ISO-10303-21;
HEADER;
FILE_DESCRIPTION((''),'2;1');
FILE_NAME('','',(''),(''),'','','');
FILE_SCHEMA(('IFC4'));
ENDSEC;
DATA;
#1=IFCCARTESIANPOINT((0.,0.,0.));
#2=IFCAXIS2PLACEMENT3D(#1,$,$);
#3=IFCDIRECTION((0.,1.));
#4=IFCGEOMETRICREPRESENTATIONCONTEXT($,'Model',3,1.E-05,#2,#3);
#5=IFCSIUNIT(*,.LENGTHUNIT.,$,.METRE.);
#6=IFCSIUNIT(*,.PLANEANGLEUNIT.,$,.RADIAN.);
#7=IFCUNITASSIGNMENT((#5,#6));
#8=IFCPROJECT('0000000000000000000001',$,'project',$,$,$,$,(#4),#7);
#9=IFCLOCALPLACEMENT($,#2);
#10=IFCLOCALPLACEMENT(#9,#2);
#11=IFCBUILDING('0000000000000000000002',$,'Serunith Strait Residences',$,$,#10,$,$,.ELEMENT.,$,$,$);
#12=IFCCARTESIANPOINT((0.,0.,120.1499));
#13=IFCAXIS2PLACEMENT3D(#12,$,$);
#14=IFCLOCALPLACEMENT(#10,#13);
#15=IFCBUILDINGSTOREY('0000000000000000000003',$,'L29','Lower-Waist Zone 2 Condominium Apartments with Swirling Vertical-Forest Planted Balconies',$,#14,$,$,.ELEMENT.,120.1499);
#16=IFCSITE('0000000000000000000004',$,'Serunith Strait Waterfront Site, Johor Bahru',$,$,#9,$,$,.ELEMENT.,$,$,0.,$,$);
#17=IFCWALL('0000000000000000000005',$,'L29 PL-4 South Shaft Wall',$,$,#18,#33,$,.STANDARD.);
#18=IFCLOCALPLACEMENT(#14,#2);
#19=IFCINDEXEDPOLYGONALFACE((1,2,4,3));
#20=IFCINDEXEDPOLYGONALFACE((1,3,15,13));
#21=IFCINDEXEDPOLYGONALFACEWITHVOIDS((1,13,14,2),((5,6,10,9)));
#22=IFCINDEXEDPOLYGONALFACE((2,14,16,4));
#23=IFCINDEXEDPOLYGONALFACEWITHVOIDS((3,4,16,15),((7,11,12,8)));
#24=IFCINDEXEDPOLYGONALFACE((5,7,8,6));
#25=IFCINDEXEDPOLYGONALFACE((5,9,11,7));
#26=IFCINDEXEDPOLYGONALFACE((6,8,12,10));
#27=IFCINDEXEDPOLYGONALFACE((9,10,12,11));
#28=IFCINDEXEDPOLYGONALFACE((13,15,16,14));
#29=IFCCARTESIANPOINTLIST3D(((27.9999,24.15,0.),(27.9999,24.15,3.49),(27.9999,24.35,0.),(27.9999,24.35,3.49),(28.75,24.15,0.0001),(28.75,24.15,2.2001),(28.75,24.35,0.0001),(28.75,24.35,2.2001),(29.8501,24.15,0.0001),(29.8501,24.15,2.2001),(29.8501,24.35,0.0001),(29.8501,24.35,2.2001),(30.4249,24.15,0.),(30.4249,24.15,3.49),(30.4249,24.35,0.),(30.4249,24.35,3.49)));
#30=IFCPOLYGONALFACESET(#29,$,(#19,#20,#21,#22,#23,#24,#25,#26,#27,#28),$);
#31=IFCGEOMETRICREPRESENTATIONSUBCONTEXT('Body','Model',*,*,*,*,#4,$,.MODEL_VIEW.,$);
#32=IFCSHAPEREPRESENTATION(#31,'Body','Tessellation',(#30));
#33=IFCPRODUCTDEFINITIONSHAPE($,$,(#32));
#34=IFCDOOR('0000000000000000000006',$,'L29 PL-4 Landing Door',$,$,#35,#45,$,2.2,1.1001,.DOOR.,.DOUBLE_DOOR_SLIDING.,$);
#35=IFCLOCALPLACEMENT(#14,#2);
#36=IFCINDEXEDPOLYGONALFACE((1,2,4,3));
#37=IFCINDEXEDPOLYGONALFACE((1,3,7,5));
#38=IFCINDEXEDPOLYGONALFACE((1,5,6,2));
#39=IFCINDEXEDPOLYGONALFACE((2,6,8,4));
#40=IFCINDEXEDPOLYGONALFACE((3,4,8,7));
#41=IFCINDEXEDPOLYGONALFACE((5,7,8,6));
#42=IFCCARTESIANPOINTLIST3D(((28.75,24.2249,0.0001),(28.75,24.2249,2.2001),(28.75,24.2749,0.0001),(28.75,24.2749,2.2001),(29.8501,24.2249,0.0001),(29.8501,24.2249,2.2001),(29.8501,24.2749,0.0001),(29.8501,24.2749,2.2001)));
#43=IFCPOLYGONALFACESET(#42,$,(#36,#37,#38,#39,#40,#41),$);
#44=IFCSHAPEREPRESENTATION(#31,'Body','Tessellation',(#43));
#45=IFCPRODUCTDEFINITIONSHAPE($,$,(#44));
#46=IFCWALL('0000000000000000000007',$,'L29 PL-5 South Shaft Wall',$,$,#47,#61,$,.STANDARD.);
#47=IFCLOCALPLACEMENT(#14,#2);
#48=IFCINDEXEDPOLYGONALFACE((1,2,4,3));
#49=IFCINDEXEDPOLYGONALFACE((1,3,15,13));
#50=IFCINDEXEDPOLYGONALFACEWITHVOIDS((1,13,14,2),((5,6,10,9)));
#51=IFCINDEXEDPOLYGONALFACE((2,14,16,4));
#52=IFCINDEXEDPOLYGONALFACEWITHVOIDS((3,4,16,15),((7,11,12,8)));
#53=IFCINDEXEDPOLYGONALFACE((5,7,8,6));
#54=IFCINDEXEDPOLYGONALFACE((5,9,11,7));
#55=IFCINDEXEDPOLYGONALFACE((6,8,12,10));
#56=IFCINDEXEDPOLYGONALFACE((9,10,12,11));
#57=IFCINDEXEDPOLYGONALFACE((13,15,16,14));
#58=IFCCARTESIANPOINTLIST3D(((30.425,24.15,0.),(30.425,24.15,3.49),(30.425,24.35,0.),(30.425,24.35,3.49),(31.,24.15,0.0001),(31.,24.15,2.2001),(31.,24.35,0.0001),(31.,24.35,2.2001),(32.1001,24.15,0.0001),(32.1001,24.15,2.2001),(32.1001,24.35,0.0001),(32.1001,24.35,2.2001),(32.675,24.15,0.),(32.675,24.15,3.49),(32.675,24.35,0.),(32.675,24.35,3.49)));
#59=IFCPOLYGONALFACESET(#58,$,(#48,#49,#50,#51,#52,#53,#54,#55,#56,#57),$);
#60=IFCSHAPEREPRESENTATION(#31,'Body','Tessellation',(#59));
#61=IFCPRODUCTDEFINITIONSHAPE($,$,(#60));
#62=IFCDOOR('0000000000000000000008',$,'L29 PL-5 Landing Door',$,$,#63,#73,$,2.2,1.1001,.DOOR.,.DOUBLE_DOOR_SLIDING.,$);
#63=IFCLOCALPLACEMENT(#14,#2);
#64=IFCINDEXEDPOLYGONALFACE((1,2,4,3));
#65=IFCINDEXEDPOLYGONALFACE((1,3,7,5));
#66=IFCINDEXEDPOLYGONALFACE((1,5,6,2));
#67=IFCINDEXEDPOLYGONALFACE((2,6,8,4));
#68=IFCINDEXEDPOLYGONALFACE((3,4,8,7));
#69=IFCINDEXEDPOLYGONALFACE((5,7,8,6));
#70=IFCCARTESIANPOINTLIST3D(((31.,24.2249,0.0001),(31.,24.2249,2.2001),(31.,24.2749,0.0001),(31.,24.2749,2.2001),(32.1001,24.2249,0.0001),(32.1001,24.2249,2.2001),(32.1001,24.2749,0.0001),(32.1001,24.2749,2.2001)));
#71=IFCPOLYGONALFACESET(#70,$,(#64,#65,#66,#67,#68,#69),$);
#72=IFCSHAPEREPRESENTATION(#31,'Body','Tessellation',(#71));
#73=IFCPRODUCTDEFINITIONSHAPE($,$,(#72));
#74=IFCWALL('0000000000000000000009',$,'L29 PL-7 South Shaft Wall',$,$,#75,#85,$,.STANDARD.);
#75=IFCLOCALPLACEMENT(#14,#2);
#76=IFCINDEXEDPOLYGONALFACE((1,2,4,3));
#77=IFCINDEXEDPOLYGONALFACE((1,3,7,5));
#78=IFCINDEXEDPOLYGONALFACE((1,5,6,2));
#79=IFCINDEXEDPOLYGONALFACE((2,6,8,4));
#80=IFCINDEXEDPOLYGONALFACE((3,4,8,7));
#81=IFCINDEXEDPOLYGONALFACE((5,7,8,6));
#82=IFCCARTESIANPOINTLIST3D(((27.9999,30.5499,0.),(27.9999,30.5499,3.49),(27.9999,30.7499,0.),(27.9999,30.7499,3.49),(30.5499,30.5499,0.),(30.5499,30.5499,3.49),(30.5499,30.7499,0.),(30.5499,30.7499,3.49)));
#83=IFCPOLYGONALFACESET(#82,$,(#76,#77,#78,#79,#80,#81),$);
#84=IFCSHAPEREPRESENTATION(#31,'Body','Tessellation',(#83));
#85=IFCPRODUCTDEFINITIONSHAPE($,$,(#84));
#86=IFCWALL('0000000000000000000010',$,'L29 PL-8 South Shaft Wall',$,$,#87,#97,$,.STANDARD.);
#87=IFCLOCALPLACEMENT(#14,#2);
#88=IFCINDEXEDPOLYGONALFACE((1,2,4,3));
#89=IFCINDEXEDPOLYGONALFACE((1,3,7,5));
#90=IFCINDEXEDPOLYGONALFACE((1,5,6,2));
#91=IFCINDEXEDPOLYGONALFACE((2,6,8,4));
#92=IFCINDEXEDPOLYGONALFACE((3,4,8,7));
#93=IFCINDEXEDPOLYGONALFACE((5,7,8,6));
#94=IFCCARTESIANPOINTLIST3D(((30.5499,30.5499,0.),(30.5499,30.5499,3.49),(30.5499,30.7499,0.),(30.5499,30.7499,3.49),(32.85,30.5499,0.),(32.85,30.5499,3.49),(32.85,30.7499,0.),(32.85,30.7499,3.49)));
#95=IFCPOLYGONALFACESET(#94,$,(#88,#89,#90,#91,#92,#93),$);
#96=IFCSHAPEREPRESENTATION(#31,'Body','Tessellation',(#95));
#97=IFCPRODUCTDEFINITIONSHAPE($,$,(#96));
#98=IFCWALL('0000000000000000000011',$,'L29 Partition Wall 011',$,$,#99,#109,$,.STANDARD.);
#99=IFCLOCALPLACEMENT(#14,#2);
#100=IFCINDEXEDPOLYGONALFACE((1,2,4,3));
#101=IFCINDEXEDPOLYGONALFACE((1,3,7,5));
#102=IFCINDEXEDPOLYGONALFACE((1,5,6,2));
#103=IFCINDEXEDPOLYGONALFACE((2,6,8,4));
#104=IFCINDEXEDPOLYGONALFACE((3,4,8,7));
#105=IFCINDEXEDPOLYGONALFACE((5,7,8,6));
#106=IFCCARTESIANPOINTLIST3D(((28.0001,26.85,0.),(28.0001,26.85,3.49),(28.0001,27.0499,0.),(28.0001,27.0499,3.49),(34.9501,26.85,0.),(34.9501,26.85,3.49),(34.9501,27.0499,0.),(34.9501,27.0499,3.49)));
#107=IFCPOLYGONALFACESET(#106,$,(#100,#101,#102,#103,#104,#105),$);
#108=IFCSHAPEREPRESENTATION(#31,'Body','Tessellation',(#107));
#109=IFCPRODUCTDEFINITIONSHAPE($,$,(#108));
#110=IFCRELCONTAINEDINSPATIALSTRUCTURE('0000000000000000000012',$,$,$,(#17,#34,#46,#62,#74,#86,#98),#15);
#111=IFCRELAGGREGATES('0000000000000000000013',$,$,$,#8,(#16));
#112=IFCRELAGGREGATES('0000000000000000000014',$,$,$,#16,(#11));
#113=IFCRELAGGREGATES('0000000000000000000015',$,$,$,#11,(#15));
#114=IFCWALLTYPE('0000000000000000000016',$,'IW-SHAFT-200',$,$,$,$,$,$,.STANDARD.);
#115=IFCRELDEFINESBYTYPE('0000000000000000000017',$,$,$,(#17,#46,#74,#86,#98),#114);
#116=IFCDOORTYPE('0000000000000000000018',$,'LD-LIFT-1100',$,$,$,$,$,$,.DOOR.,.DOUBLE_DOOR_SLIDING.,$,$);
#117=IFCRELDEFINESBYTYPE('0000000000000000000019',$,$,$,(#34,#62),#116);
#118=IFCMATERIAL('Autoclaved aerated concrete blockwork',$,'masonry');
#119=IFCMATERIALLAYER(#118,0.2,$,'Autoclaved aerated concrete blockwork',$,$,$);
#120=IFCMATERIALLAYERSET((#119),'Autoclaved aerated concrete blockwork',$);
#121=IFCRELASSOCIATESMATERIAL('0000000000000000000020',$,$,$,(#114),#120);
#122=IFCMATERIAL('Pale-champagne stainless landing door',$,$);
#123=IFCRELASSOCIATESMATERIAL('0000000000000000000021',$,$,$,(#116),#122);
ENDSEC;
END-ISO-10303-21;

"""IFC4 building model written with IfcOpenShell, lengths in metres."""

from ifc_helpers import new_model, si_unit, direction, frame, frame_2d, origin, place, context, subcontext, project, spatial, rectangle, extrude, source, transform, mapped, material, layer, layer_set, type_object, element, fill, save


model = new_model("IFC4")

# Units and contexts
model_context = context("Model", 3, precision=1e-05, world=origin(), true_north=direction((0.0, 1.0)))
body_context = subcontext(model_context, "Body", "Model", "MODEL_VIEW")
ifc_project = project(units=[si_unit("LENGTHUNIT", "METRE"), si_unit("PLANEANGLEUNIT", "RADIAN")], contexts=[model_context])

# Site, building, storey
site_placement = place(None, origin())
site = spatial("IfcSite", under=ifc_project, at=site_placement, Name="Serunith Strait Waterfront Site, Johor Bahru", CompositionType="ELEMENT", RefElevation=0.0)
building_placement = place(site_placement, origin())
building = spatial("IfcBuilding", under=site, at=building_placement, Name="Serunith Strait Residences", CompositionType="ELEMENT")
storey_placement = place(building_placement, frame((0.0, 0.0, 120.1499)))
storey = spatial("IfcBuildingStorey", under=building, at=storey_placement, Name="L29", Description="Lower-Waist Zone 2 Condominium Apartments with Swirling Vertical-Forest Planted Balconies", CompositionType="ELEMENT", Elevation=120.1499)

# Walls, openings, doors
ifc_material_1 = material(Name="Autoclaved aerated concrete blockwork", Category="masonry")
ifc_layer_1 = layer(ifc_material_1, 0.2, Name="Autoclaved aerated concrete blockwork")
ifc_layer_set_1 = layer_set([ifc_layer_1], Name="Autoclaved aerated concrete blockwork")
wall_type_1 = type_object("IfcWallType", Name="IW-SHAFT-200", PredefinedType="STANDARD", material=ifc_layer_set_1)
wall_1_placement = place(storey_placement, frame((28.0, 24.25, 0.0), z_axis=(0.0, 0.0, 1.0), x_axis=(1.0, 0.0, 0.0)))
wall_1 = element("IfcWall", 1, at=wall_1_placement, inside=storey, type_object=wall_type_1, Name="L29 PL-4 South Shaft Wall", PredefinedType="STANDARD", context=body_context, shape_type="SweptSolid", body=[
    extrude(rectangle(XDim=2.425, YDim=0.2, at=frame_2d((1.2124, 0.0))), origin(), (0.0, 0.0, 1.0), 3.49),
])
opening_1_placement = place(wall_1_placement, frame((0.75, 0.0, 0.0)))
opening_1 = element("IfcOpeningElement", 2, at=opening_1_placement, cuts=wall_1, PredefinedType="OPENING", context=body_context, shape_type="SweptSolid", body=[
    extrude(rectangle(XDim=1.1001, YDim=2.2, at=frame_2d((0.55, 1.1001))), frame((0.0, 0.1099, 0.0), z_axis=(0.0, -1.0, 0.0), x_axis=(1.0, 0.0, 0.0)), (0.0, 0.0, 1.0), 0.22),
])
ifc_material_2 = material(Name="Pale-champagne stainless landing door")
door_type_1 = type_object("IfcDoorType", Name="LD-LIFT-1100", OperationType="DOUBLE_DOOR_SLIDING", PredefinedType="DOOR", material=ifc_material_2)
shared_shape_1 = source(origin(), body_context, "Body", "SweptSolid", [
    extrude(rectangle(XDim=1.1001, YDim=2.2, at=frame_2d((0.55, 1.1001))), frame((0.0, 0.0249, 0.0), z_axis=(0.0, -1.0, 0.0), x_axis=(1.0, 0.0, 0.0)), (0.0, 0.0, 1.0), 0.05),
])
door_1_placement = place(opening_1_placement, origin())
door_1 = element("IfcDoor", 3, at=door_1_placement, inside=storey, type_object=door_type_1, Name="L29 PL-4 Landing Door", OperationType="DOUBLE_DOOR_SLIDING", OverallHeight=2.2, OverallWidth=1.1001, PredefinedType="DOOR", context=body_context, shape_type="MappedRepresentation", body=[
    mapped(shared_shape_1, transform((0.0, 0.0, 0.0), scale=1.0)),
])
fill(opening_1, door_1)
wall_2_placement = place(storey_placement, frame((30.425, 24.25, 0.0), z_axis=(0.0, 0.0, 1.0), x_axis=(1.0, 0.0, 0.0)))
wall_2 = element("IfcWall", 4, at=wall_2_placement, inside=storey, type_object=wall_type_1, Name="L29 PL-5 South Shaft Wall", PredefinedType="STANDARD", context=body_context, shape_type="SweptSolid", body=[
    extrude(rectangle(XDim=2.25, YDim=0.2, at=frame_2d((1.125, 0.0))), origin(), (0.0, 0.0, 1.0), 3.49),
])
opening_2_placement = place(wall_2_placement, frame((0.575, 0.0, 0.0)))
opening_2 = element("IfcOpeningElement", 5, at=opening_2_placement, cuts=wall_2, PredefinedType="OPENING", context=body_context, shape_type="SweptSolid", body=[
    extrude(rectangle(XDim=1.1001, YDim=2.2, at=frame_2d((0.55, 1.1001))), frame((0.0, 0.1099, 0.0), z_axis=(0.0, -1.0, 0.0), x_axis=(1.0, 0.0, 0.0)), (0.0, 0.0, 1.0), 0.22),
])
door_2_placement = place(opening_2_placement, origin())
door_2 = element("IfcDoor", 6, at=door_2_placement, inside=storey, type_object=door_type_1, Name="L29 PL-5 Landing Door", OperationType="DOUBLE_DOOR_SLIDING", OverallHeight=2.2, OverallWidth=1.1001, PredefinedType="DOOR", context=body_context, shape_type="MappedRepresentation", body=[
    mapped(shared_shape_1, transform((0.0, 0.0, 0.0), scale=1.0)),
])
fill(opening_2, door_2)

# Walls
wall_3_placement = place(storey_placement, frame((28.0, 30.6499, 0.0), z_axis=(0.0, 0.0, 1.0), x_axis=(1.0, 0.0, 0.0)))
element("IfcWall", 7, at=wall_3_placement, inside=storey, type_object=wall_type_1, Name="L29 PL-7 South Shaft Wall", PredefinedType="STANDARD", context=body_context, shape_type="SweptSolid", body=[
    extrude(rectangle(XDim=2.55, YDim=0.2, at=frame_2d((1.2749, 0.0))), origin(), (0.0, 0.0, 1.0), 3.49),
])
wall_4_placement = place(storey_placement, frame((30.55, 30.6499, 0.0), z_axis=(0.0, 0.0, 1.0), x_axis=(1.0, 0.0, 0.0)))
element("IfcWall", 8, at=wall_4_placement, inside=storey, type_object=wall_type_1, Name="L29 PL-8 South Shaft Wall", PredefinedType="STANDARD", context=body_context, shape_type="SweptSolid", body=[
    extrude(rectangle(XDim=2.3, YDim=0.2, at=frame_2d((1.1499, 0.0))), origin(), (0.0, 0.0, 1.0), 3.49),
])
wall_5_placement = place(storey_placement, frame((28.0, 26.95, 0.0), z_axis=(0.0, 0.0, 1.0), x_axis=(1.0, 0.0, 0.0)))
element("IfcWall", 9, at=wall_5_placement, inside=storey, type_object=wall_type_1, Name="L29 Partition Wall 011", PredefinedType="STANDARD", context=body_context, shape_type="SweptSolid", body=[
    extrude(rectangle(XDim=6.95, YDim=0.2, at=frame_2d((3.4751, 0.0))), origin(), (0.0, 0.0, 1.0), 3.49),
])

save(model, "model.ifc")
